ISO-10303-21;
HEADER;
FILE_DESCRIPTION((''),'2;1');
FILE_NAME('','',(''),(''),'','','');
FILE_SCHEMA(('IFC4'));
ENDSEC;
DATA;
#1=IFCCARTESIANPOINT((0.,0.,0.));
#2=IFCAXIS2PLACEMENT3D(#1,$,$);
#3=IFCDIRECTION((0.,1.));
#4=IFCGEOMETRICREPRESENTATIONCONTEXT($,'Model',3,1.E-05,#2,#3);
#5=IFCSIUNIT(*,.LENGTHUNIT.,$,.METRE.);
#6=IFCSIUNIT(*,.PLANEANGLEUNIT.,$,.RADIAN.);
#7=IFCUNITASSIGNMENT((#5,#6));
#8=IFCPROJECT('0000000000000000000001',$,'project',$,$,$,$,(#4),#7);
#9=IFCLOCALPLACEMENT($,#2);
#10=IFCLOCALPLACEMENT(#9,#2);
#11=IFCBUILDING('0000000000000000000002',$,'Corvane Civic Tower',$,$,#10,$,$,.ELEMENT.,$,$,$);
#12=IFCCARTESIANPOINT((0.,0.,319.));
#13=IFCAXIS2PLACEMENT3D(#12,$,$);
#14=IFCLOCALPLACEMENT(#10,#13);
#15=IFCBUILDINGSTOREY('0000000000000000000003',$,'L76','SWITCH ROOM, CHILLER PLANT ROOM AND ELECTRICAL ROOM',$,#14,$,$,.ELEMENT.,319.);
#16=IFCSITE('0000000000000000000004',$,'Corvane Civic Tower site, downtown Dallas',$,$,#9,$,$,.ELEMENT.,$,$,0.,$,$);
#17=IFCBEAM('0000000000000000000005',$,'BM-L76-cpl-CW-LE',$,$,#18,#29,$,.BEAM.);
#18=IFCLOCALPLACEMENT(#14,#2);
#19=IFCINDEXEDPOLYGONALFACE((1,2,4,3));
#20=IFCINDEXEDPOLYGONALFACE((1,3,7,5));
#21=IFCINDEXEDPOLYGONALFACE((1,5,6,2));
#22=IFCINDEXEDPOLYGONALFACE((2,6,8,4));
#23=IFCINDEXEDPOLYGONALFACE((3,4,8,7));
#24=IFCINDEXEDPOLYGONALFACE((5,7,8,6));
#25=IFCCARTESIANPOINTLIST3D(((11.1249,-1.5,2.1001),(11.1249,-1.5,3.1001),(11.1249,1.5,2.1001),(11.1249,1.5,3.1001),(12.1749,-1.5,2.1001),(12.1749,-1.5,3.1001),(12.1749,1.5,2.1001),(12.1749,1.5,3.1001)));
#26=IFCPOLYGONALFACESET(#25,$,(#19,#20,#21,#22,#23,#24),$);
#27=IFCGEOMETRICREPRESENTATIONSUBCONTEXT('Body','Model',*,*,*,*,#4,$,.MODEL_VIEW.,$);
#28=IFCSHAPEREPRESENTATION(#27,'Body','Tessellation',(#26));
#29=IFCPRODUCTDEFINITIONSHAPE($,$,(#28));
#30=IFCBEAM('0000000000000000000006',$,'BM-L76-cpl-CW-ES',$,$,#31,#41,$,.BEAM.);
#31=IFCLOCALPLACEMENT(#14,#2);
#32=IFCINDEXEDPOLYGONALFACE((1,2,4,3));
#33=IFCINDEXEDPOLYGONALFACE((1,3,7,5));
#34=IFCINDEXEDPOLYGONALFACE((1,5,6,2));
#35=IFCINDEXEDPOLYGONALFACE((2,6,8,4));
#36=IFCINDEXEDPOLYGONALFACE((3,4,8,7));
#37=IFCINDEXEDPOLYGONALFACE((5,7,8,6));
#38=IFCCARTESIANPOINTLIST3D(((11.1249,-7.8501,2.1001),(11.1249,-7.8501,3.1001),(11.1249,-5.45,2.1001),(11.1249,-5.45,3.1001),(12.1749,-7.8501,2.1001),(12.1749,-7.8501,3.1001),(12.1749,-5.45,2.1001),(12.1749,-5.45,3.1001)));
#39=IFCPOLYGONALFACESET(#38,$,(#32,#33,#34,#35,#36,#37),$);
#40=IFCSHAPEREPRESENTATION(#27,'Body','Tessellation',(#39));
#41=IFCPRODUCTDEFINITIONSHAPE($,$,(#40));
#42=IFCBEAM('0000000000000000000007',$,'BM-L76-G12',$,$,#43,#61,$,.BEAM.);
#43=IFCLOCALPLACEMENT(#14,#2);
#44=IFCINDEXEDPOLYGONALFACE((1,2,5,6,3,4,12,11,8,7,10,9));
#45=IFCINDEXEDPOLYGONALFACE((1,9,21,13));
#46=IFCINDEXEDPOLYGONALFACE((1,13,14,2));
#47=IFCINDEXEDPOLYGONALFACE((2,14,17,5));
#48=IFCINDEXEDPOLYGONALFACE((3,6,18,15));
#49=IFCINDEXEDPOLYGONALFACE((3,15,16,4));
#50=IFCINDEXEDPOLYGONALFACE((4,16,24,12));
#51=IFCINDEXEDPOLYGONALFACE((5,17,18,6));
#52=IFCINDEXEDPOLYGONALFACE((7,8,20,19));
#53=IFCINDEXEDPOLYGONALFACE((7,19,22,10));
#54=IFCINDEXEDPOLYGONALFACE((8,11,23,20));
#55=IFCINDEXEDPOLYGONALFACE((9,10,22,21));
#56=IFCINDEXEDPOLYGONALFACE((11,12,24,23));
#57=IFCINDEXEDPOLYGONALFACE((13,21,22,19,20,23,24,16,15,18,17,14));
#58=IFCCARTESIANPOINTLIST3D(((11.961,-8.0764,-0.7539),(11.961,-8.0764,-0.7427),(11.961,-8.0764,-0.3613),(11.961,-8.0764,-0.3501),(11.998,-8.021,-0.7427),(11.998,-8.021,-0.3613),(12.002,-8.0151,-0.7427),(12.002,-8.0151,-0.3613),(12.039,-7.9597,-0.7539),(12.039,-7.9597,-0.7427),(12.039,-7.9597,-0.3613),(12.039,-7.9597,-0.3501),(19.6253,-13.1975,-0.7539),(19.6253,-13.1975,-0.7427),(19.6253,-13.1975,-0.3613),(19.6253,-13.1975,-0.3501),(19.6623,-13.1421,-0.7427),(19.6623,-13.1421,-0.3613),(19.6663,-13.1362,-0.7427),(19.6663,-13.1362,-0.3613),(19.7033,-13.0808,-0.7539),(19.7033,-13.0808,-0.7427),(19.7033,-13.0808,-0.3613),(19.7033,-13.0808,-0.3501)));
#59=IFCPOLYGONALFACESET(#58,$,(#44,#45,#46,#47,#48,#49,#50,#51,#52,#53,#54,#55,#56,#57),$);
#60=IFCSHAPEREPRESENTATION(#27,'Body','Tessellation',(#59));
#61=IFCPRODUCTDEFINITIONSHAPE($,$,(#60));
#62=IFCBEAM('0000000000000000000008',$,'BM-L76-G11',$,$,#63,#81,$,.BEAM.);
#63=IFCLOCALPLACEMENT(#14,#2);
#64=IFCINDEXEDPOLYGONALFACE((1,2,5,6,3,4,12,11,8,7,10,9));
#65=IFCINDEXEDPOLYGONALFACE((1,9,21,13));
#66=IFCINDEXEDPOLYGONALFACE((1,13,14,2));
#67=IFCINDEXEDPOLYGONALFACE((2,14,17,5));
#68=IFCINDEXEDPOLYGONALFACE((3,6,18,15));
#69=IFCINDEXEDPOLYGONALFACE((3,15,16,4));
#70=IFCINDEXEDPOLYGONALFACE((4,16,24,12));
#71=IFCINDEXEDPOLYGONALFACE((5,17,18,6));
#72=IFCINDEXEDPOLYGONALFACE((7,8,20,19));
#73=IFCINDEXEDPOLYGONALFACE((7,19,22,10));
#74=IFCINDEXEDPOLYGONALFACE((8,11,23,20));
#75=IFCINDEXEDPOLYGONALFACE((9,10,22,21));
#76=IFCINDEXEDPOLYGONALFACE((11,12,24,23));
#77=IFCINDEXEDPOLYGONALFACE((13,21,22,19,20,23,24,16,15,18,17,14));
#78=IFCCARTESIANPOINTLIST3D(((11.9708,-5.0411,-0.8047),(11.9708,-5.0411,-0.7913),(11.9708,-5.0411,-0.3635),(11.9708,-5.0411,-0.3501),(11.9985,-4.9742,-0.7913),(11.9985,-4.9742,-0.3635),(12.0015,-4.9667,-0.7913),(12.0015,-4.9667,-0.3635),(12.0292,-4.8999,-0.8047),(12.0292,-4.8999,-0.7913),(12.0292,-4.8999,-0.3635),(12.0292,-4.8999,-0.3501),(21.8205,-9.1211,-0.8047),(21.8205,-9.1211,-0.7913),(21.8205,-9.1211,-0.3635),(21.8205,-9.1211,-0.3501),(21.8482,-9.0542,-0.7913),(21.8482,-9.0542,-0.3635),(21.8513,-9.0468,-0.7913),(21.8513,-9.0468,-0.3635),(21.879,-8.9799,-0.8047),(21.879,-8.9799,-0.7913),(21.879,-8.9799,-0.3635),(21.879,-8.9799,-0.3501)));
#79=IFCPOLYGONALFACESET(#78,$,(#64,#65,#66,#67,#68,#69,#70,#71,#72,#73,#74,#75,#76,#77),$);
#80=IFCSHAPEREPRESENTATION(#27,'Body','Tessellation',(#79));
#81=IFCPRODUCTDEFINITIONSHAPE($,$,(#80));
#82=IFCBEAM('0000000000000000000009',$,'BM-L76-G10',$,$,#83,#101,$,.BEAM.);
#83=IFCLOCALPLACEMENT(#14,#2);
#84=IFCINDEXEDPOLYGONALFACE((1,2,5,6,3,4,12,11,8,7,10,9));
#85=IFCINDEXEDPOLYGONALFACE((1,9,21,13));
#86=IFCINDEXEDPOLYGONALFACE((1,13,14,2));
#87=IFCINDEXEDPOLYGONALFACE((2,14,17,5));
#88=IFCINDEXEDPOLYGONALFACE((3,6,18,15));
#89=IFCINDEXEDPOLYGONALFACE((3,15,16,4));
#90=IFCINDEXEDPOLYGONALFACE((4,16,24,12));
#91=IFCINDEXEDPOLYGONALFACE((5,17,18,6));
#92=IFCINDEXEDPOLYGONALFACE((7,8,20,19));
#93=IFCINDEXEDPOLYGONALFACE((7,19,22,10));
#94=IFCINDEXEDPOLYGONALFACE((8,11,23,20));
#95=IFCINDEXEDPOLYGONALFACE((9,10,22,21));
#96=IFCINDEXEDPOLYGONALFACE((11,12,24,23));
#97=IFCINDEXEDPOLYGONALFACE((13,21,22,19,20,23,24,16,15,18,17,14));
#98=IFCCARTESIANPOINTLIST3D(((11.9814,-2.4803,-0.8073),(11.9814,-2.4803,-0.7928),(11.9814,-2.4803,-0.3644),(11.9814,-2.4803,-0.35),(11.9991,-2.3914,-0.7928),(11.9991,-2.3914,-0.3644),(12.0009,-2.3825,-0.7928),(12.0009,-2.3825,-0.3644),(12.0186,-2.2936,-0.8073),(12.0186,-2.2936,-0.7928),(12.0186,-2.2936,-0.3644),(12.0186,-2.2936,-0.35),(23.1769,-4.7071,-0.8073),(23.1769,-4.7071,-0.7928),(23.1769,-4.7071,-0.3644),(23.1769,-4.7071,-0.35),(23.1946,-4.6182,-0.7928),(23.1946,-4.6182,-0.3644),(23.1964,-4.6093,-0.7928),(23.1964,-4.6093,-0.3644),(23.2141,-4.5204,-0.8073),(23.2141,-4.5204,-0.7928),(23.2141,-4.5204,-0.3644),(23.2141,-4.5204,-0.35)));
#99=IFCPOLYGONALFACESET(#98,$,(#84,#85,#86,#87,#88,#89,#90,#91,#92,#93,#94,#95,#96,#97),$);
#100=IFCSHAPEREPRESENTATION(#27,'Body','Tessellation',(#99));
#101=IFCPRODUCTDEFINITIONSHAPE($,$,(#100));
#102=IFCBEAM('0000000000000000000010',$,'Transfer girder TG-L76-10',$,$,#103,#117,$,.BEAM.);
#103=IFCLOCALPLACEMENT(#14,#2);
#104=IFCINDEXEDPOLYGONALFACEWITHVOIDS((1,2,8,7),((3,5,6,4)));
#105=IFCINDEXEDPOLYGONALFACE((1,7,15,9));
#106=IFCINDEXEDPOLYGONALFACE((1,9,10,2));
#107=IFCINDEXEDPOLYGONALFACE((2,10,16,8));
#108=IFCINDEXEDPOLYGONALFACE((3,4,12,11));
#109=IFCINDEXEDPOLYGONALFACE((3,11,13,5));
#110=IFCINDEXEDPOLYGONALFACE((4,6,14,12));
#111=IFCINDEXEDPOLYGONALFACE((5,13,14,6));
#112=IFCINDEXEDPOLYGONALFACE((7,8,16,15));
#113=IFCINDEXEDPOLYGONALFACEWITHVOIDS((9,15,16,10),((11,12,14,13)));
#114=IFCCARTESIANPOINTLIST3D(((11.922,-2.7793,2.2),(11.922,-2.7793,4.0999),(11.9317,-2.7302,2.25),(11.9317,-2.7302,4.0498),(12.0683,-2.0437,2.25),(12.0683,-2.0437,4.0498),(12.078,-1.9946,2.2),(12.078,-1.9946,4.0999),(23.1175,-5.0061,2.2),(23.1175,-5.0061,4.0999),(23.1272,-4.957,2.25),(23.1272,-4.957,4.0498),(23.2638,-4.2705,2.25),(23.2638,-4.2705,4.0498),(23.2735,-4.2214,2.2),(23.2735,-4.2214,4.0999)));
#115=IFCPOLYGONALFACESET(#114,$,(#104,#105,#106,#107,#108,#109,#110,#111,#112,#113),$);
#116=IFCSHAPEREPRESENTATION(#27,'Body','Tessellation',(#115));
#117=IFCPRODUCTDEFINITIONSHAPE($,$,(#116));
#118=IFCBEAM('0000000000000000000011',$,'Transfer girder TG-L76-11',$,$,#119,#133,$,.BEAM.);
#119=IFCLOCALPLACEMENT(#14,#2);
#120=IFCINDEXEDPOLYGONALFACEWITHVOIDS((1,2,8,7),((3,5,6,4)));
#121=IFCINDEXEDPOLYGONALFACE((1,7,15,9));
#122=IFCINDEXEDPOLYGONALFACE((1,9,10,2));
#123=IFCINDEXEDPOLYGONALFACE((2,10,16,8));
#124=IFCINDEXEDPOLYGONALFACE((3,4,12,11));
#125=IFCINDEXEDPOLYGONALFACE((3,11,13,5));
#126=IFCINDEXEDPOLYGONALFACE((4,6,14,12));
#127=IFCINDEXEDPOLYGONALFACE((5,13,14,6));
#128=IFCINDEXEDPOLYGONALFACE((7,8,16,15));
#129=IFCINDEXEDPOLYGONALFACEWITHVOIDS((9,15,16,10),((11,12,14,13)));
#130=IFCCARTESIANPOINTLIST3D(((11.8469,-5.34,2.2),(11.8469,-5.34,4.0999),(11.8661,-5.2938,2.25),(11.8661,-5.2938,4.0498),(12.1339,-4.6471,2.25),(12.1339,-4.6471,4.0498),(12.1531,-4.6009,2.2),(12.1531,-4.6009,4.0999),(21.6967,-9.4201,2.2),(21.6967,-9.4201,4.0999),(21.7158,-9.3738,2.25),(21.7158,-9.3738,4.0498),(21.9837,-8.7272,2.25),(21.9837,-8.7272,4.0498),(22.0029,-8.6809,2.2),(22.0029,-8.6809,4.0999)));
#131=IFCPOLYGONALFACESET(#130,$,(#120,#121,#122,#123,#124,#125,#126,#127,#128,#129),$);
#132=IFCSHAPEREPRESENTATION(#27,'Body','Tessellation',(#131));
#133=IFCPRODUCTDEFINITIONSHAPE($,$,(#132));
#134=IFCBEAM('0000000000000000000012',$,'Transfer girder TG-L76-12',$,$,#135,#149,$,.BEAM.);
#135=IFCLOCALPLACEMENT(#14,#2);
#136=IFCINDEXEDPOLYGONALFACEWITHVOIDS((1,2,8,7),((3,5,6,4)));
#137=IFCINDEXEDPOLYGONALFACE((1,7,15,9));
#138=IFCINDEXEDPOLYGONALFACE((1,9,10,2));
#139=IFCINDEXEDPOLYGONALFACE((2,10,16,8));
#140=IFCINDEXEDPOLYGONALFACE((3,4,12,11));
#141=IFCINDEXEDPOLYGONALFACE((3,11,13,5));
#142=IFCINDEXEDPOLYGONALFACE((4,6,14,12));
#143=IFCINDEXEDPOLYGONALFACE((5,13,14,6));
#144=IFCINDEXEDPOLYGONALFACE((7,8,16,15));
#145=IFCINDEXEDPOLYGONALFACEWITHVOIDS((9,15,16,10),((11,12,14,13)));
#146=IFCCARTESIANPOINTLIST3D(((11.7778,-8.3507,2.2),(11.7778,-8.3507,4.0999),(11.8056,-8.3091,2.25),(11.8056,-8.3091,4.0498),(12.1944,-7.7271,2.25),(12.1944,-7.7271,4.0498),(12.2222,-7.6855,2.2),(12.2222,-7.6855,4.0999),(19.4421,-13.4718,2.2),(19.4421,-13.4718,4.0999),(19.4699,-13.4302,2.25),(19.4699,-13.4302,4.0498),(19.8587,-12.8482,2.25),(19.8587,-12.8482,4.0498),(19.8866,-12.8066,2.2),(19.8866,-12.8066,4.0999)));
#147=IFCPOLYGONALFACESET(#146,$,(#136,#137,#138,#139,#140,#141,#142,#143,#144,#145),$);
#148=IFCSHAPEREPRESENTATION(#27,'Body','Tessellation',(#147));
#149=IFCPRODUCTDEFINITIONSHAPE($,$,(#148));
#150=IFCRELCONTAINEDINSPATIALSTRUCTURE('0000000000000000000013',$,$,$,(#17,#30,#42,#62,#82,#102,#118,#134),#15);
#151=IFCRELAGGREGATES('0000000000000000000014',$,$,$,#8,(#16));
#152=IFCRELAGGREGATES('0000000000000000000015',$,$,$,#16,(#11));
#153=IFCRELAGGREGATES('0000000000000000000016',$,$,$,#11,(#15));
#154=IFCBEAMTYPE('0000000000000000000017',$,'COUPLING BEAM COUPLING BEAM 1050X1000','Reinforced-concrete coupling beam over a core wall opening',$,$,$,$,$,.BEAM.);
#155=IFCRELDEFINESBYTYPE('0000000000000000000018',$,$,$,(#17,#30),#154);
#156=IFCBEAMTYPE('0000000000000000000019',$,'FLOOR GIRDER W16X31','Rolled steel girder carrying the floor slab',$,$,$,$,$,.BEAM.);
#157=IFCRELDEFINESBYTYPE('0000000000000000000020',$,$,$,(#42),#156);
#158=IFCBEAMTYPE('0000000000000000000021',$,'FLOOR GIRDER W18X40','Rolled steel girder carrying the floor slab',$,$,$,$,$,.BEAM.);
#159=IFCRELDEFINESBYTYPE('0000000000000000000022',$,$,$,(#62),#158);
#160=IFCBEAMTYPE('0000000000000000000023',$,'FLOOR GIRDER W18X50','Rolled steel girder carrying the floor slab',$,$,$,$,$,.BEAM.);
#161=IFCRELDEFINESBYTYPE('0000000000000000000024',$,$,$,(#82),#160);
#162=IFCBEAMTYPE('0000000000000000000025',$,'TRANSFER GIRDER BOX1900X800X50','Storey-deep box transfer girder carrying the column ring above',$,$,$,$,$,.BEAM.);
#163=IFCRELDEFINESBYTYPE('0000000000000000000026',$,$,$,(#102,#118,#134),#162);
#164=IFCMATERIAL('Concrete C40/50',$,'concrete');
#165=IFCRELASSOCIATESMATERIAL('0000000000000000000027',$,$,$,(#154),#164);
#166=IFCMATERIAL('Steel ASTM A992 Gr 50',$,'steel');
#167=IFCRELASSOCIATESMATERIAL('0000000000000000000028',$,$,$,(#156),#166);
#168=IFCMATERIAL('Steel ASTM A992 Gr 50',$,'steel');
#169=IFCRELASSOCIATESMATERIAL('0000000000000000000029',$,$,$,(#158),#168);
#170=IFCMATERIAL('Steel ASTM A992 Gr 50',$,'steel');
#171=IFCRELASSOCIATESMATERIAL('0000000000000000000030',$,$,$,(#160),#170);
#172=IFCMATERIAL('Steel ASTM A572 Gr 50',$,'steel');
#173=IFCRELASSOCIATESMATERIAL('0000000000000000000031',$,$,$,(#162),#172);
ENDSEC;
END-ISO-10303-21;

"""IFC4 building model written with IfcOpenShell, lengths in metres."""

from ifc_helpers import new_model, si_unit, direction, frame, origin, origin_2d, place, context, subcontext, project, spatial, rectangle, hollow_rectangle, i_section, extrude, material, material_profile, profile_set, type_object, element, save


model = new_model("IFC4")

# Units and contexts
model_context = context("Model", 3, precision=1e-05, world=origin(), true_north=direction((0.0, 1.0)))
body_context = subcontext(model_context, "Body", "Model", "MODEL_VIEW")
ifc_project = project(units=[si_unit("LENGTHUNIT", "METRE"), si_unit("PLANEANGLEUNIT", "RADIAN")], contexts=[model_context])

# Site, building, storey
site_placement = place(None, origin())
site = spatial("IfcSite", under=ifc_project, at=site_placement, Name="Corvane Civic Tower site, downtown Dallas", CompositionType="ELEMENT", RefElevation=0.0)
building_placement = place(site_placement, origin())
building = spatial("IfcBuilding", under=site, at=building_placement, Name="Corvane Civic Tower", CompositionType="ELEMENT")
storey_placement = place(building_placement, frame((0.0, 0.0, 319.0)))
storey = spatial("IfcBuildingStorey", under=building, at=storey_placement, Name="L76", Description="SWITCH ROOM, CHILLER PLANT ROOM AND ELECTRICAL ROOM", CompositionType="ELEMENT", Elevation=319.0)

# Beams
ifc_material_1 = material(Name="Concrete C40/50", Category="concrete")
ifc_material_profile_1 = material_profile(ifc_material_1, rectangle(XDim=1.05, YDim=1.0, at=origin_2d()), Name="COUPLING BEAM 1050X1000")
ifc_profile_set_1 = profile_set([ifc_material_profile_1], Name="Concrete C40/50")
beam_type_1 = type_object("IfcBeamType", Name="COUPLING BEAM COUPLING BEAM 1050X1000", Description="Reinforced-concrete coupling beam over a core wall opening", PredefinedType="BEAM", material=ifc_profile_set_1)
beam_1_placement = place(storey_placement, frame((11.6499, -1.5, 2.6001), z_axis=(0.0, 1.0, 0.0), x_axis=(-1.0, 0.0, 0.0)))
element("IfcBeam", 1, at=beam_1_placement, inside=storey, type_object=beam_type_1, Name="BM-L76-cpl-CW-LE", PredefinedType="BEAM", context=body_context, shape_type="SweptSolid", body=[
    extrude(rectangle(XDim=1.05, YDim=1.0, at=origin_2d()), origin(), (0.0, 0.0, 1.0), 3.0),
])
beam_2_placement = place(storey_placement, frame((11.6499, -7.8501, 2.6001), z_axis=(0.0, 1.0, 0.0), x_axis=(-1.0, 0.0, 0.0)))
element("IfcBeam", 2, at=beam_2_placement, inside=storey, type_object=beam_type_1, Name="BM-L76-cpl-CW-ES", PredefinedType="BEAM", context=body_context, shape_type="SweptSolid", body=[
    extrude(rectangle(XDim=1.05, YDim=1.0, at=origin_2d()), origin(), (0.0, 0.0, 1.0), 2.4001),
])
ifc_material_2 = material(Name="Steel ASTM A992 Gr 50", Category="steel")
ifc_material_profile_2 = material_profile(ifc_material_2, i_section(OverallWidth=0.1404, OverallDepth=0.4038, WebThickness=0.0071, FlangeThickness=0.0112, at=origin_2d()), Name="W16X31")
ifc_profile_set_2 = profile_set([ifc_material_profile_2], Name="Steel ASTM A992 Gr 50")
beam_type_2 = type_object("IfcBeamType", Name="FLOOR GIRDER W16X31", Description="Rolled steel girder carrying the floor slab", PredefinedType="BEAM", material=ifc_profile_set_2)
beam_3_placement = place(storey_placement, frame((12.0, -8.0181, -0.552), z_axis=(0.831471, -0.555568, 0.0), x_axis=(0.555568, 0.831471, 0.0)))
element("IfcBeam", 3, at=beam_3_placement, inside=storey, type_object=beam_type_2, Name="BM-L76-G12", PredefinedType="BEAM", context=body_context, shape_type="SweptSolid", body=[
    extrude(i_section(OverallWidth=0.1404, OverallDepth=0.4038, WebThickness=0.0071, FlangeThickness=0.0112, at=origin_2d()), origin(), (0.0, 0.0, 1.0), 9.2178),
])
ifc_material_3 = material(Name="Steel ASTM A992 Gr 50", Category="steel")
ifc_material_profile_3 = material_profile(ifc_material_3, i_section(OverallWidth=0.1528, OverallDepth=0.4546, WebThickness=0.0081, FlangeThickness=0.0134, at=origin_2d()), Name="W18X40")
ifc_profile_set_3 = profile_set([ifc_material_profile_3], Name="Steel ASTM A992 Gr 50")
beam_type_3 = type_object("IfcBeamType", Name="FLOOR GIRDER W18X40", Description="Rolled steel girder carrying the floor slab", PredefinedType="BEAM", material=ifc_profile_set_3)
beam_4_placement = place(storey_placement, frame((12.0, -4.9705, -0.5774), z_axis=(0.923875, -0.382694, 0.0), x_axis=(0.382694, 0.923875, 0.0)))
element("IfcBeam", 4, at=beam_4_placement, inside=storey, type_object=beam_type_3, Name="BM-L76-G11", PredefinedType="BEAM", context=body_context, shape_type="SweptSolid", body=[
    extrude(i_section(OverallWidth=0.1528, OverallDepth=0.4546, WebThickness=0.0081, FlangeThickness=0.0134, at=origin_2d()), origin(), (0.0, 0.0, 1.0), 10.6614),
])
ifc_material_4 = material(Name="Steel ASTM A992 Gr 50", Category="steel")
ifc_material_profile_4 = material_profile(ifc_material_4, i_section(OverallWidth=0.1904, OverallDepth=0.4573, WebThickness=0.009, FlangeThickness=0.0144, at=origin_2d()), Name="W18X50")
ifc_profile_set_4 = profile_set([ifc_material_profile_4], Name="Steel ASTM A992 Gr 50")
beam_type_4 = type_object("IfcBeamType", Name="FLOOR GIRDER W18X50", Description="Rolled steel girder carrying the floor slab", PredefinedType="BEAM", material=ifc_profile_set_4)
beam_5_placement = place(storey_placement, frame((12.0, -2.387, -0.5786), z_axis=(0.980787, -0.19508, 0.0), x_axis=(0.19508, 0.980787, 0.0)))
element("IfcBeam", 5, at=beam_5_placement, inside=storey, type_object=beam_type_4, Name="BM-L76-G10", PredefinedType="BEAM", context=body_context, shape_type="SweptSolid", body=[
    extrude(i_section(OverallWidth=0.1904, OverallDepth=0.4573, WebThickness=0.009, FlangeThickness=0.0144, at=origin_2d()), origin(), (0.0, 0.0, 1.0), 11.4148),
])
ifc_material_5 = material(Name="Steel ASTM A572 Gr 50", Category="steel")
ifc_material_profile_5 = material_profile(ifc_material_5, hollow_rectangle(XDim=0.8, YDim=1.8999, WallThickness=0.05, at=origin_2d()), Name="BOX1900X800X50")
ifc_profile_set_5 = profile_set([ifc_material_profile_5], Name="Steel ASTM A572 Gr 50")
beam_type_5 = type_object("IfcBeamType", Name="TRANSFER GIRDER BOX1900X800X50", Description="Storey-deep box transfer girder carrying the column ring above", PredefinedType="BEAM", material=ifc_profile_set_5)
beam_6_placement = place(storey_placement, frame((12.0, -2.387, 3.1499), z_axis=(0.980787, -0.19508, 0.0), x_axis=(0.19508, 0.980787, 0.0)))
element("IfcBeam", 6, at=beam_6_placement, inside=storey, type_object=beam_type_5, Name="Transfer girder TG-L76-10", PredefinedType="BEAM", context=body_context, shape_type="SweptSolid", body=[
    extrude(hollow_rectangle(XDim=0.8, YDim=1.8999, WallThickness=0.05, at=origin_2d()), origin(), (0.0, 0.0, 1.0), 11.4148),
])
beam_7_placement = place(storey_placement, frame((12.0, -4.9705, 3.1499), z_axis=(0.923875, -0.382694, 0.0), x_axis=(0.382694, 0.923875, 0.0)))
element("IfcBeam", 7, at=beam_7_placement, inside=storey, type_object=beam_type_5, Name="Transfer girder TG-L76-11", PredefinedType="BEAM", context=body_context, shape_type="SweptSolid", body=[
    extrude(hollow_rectangle(XDim=0.8, YDim=1.8999, WallThickness=0.05, at=origin_2d()), origin(), (0.0, 0.0, 1.0), 10.6614),
])
beam_8_placement = place(storey_placement, frame((12.0, -8.0181, 3.1499), z_axis=(0.831471, -0.555568, 0.0), x_axis=(0.555568, 0.831471, 0.0)))
element("IfcBeam", 8, at=beam_8_placement, inside=storey, type_object=beam_type_5, Name="Transfer girder TG-L76-12", PredefinedType="BEAM", context=body_context, shape_type="SweptSolid", body=[
    extrude(hollow_rectangle(XDim=0.8, YDim=1.8999, WallThickness=0.05, at=origin_2d()), origin(), (0.0, 0.0, 1.0), 9.2178),
])

save(model, "model.ifc")
